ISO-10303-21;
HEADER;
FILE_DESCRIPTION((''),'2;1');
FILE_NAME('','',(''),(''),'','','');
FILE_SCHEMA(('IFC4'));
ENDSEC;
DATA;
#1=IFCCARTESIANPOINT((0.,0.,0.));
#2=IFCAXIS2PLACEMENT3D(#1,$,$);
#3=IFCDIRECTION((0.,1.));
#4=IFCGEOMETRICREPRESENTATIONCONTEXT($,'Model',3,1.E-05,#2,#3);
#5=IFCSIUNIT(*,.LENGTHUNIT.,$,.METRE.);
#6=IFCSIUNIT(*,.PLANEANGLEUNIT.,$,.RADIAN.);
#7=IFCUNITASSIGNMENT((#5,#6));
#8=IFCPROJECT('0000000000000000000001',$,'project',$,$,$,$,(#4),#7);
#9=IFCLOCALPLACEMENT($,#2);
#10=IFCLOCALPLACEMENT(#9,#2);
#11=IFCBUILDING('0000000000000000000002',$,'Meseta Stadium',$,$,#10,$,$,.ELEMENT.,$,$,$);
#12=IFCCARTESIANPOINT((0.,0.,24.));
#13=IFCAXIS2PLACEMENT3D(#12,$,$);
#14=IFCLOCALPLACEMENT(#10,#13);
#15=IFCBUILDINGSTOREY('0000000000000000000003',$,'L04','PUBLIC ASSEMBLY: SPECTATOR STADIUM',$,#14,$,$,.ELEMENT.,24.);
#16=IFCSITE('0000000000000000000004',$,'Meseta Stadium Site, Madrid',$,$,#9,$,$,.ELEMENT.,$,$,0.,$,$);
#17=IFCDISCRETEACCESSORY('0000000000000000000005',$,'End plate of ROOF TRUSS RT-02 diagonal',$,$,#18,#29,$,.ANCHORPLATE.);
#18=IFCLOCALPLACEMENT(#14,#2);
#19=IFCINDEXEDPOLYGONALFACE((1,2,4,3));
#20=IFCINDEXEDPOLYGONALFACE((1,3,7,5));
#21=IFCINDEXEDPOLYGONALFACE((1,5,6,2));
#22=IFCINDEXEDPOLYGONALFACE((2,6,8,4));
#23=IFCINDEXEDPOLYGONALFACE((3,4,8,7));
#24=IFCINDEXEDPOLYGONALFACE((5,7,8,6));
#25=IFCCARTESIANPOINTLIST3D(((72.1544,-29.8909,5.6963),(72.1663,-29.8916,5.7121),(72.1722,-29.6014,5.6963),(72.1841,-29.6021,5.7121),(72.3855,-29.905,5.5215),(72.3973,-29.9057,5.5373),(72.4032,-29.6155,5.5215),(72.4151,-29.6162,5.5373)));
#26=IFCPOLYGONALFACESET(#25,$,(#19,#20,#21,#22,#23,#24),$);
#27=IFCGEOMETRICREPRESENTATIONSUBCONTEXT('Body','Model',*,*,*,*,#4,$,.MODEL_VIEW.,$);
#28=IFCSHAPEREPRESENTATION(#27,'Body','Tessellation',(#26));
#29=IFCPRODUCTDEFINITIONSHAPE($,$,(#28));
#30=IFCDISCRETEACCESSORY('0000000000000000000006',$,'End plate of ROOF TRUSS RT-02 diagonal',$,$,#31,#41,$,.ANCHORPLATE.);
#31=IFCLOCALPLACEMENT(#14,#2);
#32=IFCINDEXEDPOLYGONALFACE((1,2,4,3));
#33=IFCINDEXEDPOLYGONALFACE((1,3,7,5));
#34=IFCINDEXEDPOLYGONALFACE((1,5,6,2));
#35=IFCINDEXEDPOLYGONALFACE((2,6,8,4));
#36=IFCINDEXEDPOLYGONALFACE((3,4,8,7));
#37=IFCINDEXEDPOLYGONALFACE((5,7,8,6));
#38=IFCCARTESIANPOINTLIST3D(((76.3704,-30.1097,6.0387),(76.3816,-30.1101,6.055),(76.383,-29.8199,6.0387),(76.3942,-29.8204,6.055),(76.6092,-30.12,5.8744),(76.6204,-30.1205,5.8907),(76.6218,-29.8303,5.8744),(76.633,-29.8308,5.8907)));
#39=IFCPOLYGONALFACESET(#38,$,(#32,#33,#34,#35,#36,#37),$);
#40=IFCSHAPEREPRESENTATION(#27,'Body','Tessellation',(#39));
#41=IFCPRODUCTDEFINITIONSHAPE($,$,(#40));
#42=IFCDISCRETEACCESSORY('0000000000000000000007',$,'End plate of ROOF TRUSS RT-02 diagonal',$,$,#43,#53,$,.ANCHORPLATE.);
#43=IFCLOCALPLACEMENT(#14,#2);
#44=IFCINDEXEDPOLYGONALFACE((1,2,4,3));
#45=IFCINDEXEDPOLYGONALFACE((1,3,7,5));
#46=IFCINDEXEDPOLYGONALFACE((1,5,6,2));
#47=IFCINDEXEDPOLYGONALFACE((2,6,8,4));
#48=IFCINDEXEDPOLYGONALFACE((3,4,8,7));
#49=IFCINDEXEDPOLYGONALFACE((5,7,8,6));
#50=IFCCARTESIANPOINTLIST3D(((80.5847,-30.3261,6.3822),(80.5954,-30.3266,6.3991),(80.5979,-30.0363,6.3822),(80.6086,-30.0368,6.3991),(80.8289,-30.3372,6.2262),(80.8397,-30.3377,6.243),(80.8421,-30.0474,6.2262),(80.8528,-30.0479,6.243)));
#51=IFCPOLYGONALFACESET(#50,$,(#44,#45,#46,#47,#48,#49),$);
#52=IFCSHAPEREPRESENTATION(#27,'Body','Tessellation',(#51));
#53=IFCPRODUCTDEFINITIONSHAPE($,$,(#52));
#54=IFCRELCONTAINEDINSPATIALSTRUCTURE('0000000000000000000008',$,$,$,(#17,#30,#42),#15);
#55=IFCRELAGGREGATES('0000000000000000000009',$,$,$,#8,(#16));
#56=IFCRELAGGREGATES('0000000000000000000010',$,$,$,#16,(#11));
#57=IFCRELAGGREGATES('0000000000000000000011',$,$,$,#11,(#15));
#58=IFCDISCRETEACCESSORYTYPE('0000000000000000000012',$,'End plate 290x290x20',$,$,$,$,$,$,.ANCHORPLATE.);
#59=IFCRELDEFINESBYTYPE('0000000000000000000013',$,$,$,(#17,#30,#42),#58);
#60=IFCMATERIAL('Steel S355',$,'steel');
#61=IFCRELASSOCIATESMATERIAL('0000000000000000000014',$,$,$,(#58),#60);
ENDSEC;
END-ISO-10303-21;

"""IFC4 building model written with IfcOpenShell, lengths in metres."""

from ifc_helpers import new_model, si_unit, direction, frame, origin, origin_2d, place, context, subcontext, project, spatial, rectangle, extrude, material, material_profile, profile_set, type_object, element, save


model = new_model("IFC4")

# Units and contexts
model_context = context("Model", 3, precision=1e-05, world=origin(), true_north=direction((0.0, 1.0)))
body_context = subcontext(model_context, "Body", "Model", "MODEL_VIEW")
ifc_project = project(units=[si_unit("LENGTHUNIT", "METRE"), si_unit("PLANEANGLEUNIT", "RADIAN")], contexts=[model_context])

# Site, building, storey
site_placement = place(None, origin())
site = spatial("IfcSite", under=ifc_project, at=site_placement, Name="Meseta Stadium Site, Madrid", CompositionType="ELEMENT", RefElevation=0.0)
building_placement = place(site_placement, origin())
building = spatial("IfcBuilding", under=site, at=building_placement, Name="Meseta Stadium", CompositionType="ELEMENT")
storey_placement = place(building_placement, frame((0.0, 0.0, 24.0)))
storey = spatial("IfcBuildingStorey", under=building, at=storey_placement, Name="L04", Description="PUBLIC ASSEMBLY: SPECTATOR STADIUM", CompositionType="ELEMENT", Elevation=24.0)

# Discrete accessories
ifc_material_1 = material(Name="Steel S355", Category="steel")
ifc_material_profile_1 = material_profile(ifc_material_1, rectangle(XDim=0.29, YDim=0.29, at=origin_2d()), Name="PL 290x290")
ifc_profile_set_1 = profile_set([ifc_material_profile_1], Name="Steel S355")
discrete_accessory_type_1 = type_object("IfcDiscreteAccessoryType", Name="End plate 290x290x20", PredefinedType="ANCHORPLATE", material=ifc_profile_set_1)
for number, where, z_axis, x_axis, name in (
    (1, (72.2788, -29.7532, 5.6089), (0.601555, -0.03683, 0.797982), (0.06111, 0.998131, 0.0), "End plate of ROOF TRUSS RT-02 diagonal"),
    (2, (76.4961, -29.97, 5.9565), (0.565835, -0.024602, 0.824151), (0.043437, 0.999056, 0.0), "End plate of ROOF TRUSS RT-02 diagonal"),
):
    element("IfcDiscreteAccessory", number, at=place(storey_placement, frame(where, z_axis=z_axis, x_axis=x_axis)), inside=storey, type_object=discrete_accessory_type_1, Name=name, PredefinedType="ANCHORPLATE", context=body_context, shape_type="SweptSolid", body=[
        extrude(rectangle(XDim=0.29, YDim=0.29, at=origin_2d()), origin(), (0.0, 0.0, 1.0), 0.0198),
    ])
discrete_accessory_1_placement = place(storey_placement, frame((80.7134, -30.1868, 6.3042), z_axis=(0.537505, -0.024432, 0.842906), x_axis=(0.045408, 0.998969, 0.0)))
element("IfcDiscreteAccessory", 3, at=discrete_accessory_1_placement, inside=storey, type_object=discrete_accessory_type_1, Name="End plate of ROOF TRUSS RT-02 diagonal", PredefinedType="ANCHORPLATE", context=body_context, shape_type="SweptSolid", body=[
    extrude(rectangle(XDim=0.29, YDim=0.29, at=origin_2d()), origin(), (0.0, 0.0, 1.0), 0.02),
])

save(model, "model.ifc")
